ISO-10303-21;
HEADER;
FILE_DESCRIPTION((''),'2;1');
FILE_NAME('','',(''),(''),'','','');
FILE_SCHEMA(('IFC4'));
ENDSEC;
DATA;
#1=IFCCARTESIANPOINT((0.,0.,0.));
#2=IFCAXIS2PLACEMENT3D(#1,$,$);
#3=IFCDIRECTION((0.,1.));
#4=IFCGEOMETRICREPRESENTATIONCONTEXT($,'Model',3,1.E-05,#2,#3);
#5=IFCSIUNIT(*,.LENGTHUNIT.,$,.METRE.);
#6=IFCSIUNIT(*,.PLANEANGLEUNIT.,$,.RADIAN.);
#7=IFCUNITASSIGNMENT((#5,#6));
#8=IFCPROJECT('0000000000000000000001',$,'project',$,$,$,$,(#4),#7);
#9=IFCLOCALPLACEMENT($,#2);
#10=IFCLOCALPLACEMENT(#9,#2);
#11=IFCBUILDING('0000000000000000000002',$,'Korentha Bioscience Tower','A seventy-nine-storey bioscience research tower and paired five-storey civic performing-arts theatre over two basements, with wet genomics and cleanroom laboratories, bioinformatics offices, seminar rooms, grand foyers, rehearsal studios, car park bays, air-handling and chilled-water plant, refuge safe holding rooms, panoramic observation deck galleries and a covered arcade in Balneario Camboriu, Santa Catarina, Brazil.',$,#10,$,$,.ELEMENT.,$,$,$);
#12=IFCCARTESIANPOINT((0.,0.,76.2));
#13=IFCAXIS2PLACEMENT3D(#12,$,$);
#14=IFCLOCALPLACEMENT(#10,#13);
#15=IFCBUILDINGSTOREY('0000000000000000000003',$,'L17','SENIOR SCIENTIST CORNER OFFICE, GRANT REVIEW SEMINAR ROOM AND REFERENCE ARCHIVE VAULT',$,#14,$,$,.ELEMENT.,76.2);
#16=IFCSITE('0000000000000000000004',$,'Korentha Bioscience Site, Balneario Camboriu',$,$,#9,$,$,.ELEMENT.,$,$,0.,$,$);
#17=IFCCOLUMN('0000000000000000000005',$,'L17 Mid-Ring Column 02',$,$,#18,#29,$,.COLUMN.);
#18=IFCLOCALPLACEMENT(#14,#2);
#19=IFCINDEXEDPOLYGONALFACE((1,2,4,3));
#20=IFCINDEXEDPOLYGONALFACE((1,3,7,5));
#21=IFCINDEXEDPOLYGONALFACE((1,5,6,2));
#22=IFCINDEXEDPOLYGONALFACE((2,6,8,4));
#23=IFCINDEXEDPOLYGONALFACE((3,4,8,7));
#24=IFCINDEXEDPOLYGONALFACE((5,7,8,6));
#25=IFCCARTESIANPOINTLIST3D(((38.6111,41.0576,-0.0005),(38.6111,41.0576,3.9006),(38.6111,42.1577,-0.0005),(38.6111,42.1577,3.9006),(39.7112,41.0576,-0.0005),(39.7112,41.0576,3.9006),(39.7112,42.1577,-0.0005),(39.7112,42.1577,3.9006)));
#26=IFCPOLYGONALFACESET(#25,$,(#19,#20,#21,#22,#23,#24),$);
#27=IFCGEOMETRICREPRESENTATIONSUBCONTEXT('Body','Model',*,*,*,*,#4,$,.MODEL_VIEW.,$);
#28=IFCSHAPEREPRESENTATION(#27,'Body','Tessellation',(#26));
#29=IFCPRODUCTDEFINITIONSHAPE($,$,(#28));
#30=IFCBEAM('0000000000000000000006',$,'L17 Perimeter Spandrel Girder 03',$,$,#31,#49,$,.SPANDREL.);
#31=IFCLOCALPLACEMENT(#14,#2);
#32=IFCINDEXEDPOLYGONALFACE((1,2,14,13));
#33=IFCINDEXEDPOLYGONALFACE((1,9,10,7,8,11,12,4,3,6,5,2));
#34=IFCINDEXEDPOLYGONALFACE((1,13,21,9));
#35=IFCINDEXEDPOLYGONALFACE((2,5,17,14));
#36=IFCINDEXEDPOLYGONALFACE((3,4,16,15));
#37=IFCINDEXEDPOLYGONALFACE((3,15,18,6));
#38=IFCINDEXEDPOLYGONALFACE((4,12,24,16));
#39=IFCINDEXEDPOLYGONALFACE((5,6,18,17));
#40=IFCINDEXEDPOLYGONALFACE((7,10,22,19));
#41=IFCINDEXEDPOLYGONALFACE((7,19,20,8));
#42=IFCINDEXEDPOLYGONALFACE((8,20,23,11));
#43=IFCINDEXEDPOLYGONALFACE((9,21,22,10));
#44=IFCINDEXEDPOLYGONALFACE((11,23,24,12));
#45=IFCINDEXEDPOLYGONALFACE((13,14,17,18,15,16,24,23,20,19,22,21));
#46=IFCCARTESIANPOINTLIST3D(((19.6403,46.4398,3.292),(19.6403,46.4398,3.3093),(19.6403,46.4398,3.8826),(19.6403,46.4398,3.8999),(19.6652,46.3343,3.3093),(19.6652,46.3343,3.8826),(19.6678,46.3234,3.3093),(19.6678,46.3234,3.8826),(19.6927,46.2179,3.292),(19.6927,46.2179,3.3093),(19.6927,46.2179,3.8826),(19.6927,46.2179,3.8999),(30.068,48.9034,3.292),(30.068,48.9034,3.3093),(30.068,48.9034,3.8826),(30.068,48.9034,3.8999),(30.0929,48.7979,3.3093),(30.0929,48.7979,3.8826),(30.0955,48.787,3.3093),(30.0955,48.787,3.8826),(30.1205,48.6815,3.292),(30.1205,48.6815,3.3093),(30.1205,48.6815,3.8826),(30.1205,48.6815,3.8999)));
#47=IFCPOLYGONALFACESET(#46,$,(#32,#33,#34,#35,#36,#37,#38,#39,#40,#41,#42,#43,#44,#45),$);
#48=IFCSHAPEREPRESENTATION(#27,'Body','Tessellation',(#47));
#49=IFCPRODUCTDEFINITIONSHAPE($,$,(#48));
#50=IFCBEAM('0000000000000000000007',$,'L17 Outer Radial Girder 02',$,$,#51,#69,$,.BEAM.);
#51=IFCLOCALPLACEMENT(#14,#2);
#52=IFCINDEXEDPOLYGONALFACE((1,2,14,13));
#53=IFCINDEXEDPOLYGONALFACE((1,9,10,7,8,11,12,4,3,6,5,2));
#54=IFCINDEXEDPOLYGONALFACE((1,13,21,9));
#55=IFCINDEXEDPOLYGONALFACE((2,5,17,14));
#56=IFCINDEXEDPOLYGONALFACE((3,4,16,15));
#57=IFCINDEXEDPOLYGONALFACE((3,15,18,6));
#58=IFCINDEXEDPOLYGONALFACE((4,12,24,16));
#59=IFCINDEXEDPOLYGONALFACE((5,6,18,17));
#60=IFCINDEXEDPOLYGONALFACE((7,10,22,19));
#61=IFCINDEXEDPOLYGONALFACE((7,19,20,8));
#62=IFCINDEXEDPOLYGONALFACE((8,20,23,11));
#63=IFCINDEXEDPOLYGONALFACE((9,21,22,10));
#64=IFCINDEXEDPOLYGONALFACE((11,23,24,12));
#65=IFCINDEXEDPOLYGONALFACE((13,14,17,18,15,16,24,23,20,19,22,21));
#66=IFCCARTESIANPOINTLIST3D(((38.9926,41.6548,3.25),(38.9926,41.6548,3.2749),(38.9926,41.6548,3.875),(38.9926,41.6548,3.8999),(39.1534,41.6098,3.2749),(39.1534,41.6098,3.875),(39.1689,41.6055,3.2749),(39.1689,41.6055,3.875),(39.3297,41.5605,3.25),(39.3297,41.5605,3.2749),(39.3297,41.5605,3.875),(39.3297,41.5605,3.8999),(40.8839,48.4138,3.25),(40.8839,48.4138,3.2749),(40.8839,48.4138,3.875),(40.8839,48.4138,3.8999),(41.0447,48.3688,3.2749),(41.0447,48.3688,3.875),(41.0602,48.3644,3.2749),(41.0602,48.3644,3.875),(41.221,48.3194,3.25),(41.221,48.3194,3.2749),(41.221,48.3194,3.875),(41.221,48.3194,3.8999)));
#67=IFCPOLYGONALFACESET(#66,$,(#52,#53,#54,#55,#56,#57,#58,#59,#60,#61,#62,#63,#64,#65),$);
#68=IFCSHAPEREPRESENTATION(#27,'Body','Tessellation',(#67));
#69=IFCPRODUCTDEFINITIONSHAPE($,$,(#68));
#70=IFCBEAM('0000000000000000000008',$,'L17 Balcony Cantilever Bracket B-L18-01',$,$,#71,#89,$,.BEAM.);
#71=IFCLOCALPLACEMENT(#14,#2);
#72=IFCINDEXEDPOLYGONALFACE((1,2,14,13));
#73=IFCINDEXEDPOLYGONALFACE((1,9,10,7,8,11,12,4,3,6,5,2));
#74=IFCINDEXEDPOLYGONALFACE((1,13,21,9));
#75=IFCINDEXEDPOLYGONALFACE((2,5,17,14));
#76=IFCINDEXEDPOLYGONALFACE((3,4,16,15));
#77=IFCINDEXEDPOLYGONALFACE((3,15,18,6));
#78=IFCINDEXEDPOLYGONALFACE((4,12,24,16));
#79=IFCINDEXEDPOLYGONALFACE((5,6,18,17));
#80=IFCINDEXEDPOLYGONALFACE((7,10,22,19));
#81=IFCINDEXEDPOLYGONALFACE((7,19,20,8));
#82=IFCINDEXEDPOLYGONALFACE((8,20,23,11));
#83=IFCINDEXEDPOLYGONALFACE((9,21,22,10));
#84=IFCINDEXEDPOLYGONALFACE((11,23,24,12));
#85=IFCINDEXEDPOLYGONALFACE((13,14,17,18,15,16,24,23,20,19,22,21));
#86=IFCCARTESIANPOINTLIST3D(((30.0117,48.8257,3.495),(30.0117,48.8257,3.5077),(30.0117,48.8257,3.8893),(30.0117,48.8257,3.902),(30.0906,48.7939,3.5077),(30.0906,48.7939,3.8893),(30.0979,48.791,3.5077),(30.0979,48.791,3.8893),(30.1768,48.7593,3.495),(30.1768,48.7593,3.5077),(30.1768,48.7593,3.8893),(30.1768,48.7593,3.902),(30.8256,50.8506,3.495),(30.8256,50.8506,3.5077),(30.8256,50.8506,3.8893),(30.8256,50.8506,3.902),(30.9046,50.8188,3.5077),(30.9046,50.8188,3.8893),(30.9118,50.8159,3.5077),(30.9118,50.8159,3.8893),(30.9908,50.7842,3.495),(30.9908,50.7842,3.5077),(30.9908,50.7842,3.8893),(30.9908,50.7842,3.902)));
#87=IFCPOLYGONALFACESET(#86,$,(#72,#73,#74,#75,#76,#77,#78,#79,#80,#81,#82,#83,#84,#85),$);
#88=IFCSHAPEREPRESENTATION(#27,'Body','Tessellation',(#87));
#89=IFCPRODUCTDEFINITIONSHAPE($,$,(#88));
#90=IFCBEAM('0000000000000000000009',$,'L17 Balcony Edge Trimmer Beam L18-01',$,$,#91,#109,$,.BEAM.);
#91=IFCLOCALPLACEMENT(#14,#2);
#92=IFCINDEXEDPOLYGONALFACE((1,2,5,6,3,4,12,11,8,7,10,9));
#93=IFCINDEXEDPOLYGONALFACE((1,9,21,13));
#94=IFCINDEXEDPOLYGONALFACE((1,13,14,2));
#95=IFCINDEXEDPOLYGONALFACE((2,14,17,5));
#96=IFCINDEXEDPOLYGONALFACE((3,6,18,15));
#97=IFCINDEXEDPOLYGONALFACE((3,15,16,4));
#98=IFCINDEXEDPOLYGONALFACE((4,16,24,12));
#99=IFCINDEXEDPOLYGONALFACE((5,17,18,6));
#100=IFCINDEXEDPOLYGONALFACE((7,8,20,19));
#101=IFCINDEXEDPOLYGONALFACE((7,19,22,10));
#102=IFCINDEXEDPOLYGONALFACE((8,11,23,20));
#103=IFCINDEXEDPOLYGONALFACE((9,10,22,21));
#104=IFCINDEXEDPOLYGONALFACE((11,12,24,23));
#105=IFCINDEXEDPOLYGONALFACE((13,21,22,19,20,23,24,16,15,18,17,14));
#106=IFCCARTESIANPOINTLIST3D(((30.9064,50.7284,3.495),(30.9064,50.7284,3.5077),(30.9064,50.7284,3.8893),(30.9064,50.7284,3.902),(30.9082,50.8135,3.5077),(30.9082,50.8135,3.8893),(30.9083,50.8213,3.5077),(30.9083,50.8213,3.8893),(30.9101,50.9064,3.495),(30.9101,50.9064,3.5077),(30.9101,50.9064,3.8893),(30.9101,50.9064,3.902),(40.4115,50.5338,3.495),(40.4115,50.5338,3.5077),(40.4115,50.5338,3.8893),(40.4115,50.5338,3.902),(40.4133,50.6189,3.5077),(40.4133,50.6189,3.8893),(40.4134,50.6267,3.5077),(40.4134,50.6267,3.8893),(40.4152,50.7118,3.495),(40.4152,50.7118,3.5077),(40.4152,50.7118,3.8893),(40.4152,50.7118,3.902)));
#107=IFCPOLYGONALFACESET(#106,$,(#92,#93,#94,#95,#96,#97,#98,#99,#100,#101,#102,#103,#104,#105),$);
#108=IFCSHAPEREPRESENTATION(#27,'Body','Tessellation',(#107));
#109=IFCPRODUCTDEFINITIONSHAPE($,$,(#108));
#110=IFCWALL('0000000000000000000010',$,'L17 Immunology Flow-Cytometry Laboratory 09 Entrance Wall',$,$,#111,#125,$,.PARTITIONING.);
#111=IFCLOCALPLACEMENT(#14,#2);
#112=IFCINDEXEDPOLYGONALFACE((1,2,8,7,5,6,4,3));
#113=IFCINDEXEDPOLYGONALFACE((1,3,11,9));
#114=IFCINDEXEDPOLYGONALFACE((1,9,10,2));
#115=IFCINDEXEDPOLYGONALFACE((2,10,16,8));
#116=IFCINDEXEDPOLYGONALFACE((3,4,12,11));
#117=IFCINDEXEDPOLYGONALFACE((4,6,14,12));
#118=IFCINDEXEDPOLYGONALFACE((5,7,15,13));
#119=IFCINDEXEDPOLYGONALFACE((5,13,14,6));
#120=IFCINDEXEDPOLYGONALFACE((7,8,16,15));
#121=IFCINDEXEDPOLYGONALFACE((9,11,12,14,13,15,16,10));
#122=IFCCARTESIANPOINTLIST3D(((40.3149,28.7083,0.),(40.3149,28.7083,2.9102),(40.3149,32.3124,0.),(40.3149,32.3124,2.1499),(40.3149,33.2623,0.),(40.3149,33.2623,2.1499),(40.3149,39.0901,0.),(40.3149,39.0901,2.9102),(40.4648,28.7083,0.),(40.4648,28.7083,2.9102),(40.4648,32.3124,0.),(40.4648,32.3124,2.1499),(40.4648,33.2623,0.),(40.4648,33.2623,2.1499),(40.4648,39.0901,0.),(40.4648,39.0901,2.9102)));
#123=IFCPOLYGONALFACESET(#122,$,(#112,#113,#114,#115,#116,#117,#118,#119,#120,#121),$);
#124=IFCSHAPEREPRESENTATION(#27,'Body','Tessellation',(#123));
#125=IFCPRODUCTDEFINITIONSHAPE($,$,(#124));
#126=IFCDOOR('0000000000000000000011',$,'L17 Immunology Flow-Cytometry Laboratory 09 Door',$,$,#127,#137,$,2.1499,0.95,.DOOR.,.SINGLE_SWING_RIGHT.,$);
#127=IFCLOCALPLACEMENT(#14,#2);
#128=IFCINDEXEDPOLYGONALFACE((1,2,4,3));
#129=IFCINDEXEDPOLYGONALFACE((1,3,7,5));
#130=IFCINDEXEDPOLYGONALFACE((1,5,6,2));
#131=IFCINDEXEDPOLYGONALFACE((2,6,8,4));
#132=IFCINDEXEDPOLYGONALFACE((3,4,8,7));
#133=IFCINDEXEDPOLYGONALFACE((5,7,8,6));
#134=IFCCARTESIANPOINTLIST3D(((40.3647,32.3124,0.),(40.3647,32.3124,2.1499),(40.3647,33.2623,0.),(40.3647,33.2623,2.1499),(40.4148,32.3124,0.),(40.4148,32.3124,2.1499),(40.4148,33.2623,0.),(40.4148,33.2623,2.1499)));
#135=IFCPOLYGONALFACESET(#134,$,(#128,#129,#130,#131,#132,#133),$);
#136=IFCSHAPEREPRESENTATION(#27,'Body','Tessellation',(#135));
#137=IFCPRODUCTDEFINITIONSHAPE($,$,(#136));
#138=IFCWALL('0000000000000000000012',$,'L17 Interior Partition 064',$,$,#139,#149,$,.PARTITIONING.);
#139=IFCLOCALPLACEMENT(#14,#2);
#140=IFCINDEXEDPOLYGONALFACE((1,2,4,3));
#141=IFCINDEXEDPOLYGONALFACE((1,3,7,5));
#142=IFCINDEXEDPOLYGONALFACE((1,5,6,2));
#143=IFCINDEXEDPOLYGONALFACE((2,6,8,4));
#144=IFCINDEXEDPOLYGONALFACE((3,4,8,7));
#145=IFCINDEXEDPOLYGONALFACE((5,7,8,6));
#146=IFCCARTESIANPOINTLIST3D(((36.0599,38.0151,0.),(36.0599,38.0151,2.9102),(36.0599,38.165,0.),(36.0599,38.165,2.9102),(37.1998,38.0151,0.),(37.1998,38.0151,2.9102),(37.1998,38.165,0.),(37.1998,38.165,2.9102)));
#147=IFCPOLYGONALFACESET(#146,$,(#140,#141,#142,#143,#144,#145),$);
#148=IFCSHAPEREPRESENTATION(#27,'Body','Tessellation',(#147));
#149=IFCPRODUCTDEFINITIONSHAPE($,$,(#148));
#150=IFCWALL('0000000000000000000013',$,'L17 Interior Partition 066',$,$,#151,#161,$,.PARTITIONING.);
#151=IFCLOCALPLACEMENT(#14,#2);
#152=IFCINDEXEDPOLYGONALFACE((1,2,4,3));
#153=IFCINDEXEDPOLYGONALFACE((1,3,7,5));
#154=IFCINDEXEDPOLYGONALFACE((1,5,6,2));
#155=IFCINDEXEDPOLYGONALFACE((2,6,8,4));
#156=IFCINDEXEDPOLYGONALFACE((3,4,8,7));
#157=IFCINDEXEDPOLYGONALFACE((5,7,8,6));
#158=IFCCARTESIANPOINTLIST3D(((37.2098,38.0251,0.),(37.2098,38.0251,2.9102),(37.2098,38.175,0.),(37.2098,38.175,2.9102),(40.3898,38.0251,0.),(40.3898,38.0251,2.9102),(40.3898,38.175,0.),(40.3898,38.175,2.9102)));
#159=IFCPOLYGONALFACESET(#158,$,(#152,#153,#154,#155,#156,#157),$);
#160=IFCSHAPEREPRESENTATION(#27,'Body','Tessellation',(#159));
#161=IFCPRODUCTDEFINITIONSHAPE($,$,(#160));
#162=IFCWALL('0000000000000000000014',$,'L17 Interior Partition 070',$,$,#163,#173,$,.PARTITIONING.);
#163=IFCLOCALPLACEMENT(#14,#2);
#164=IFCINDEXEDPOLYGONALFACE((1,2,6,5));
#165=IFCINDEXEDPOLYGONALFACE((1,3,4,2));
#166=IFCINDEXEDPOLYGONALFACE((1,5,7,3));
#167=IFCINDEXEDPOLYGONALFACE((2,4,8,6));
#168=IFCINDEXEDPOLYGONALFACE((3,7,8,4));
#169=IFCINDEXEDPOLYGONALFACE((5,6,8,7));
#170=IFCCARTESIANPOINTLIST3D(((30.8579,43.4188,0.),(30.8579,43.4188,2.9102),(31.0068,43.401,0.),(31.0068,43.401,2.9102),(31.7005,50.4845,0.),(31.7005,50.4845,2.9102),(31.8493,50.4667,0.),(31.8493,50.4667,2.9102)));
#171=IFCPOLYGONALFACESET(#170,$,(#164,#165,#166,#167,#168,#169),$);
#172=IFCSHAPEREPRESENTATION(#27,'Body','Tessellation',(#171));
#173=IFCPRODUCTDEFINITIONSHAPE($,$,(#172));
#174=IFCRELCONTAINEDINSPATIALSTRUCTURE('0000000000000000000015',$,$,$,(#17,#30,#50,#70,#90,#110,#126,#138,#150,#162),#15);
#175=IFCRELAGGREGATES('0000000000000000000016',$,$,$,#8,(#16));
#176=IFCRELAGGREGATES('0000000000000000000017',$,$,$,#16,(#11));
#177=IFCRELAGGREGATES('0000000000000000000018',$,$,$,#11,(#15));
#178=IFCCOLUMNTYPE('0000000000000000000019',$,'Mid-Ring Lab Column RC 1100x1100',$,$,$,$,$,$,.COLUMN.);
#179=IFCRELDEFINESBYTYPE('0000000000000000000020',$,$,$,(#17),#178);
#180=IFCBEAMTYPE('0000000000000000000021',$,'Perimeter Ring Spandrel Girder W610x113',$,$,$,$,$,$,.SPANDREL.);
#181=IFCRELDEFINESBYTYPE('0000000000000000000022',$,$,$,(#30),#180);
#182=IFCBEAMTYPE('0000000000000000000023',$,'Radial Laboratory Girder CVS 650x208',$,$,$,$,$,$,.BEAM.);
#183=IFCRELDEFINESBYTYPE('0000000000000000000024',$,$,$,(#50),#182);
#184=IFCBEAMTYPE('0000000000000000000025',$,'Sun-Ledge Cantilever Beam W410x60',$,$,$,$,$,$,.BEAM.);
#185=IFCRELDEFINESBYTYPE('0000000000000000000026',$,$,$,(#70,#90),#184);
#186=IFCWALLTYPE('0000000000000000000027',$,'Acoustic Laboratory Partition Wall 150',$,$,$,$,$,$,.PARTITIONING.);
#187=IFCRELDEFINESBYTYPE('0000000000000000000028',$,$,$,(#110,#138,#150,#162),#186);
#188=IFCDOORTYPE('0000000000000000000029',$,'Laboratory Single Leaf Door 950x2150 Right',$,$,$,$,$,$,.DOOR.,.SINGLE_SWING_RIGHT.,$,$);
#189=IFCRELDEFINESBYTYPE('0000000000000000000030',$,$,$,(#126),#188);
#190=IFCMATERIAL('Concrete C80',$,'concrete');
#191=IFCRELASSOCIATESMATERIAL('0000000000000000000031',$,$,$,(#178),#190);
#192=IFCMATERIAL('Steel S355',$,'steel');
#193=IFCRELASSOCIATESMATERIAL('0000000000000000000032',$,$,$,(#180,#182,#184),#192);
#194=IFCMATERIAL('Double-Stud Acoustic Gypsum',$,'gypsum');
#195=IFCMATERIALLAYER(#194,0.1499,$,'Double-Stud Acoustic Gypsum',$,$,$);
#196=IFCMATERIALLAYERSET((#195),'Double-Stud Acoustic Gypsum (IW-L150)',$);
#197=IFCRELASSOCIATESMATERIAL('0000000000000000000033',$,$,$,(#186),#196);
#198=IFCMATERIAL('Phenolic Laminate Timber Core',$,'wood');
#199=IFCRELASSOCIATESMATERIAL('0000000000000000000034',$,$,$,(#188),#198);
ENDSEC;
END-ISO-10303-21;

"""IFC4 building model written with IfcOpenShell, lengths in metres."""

from ifc_helpers import new_model, si_unit, direction, frame, frame_2d, origin, origin_2d, place, context, subcontext, project, spatial, rectangle, i_section, extrude, material, layer, layer_set, material_profile, profile_set, type_object, element, fill, save


model = new_model("IFC4")

# Units and contexts
model_context = context("Model", 3, precision=1e-05, world=origin(), true_north=direction((0.0, 1.0)))
body_context = subcontext(model_context, "Body", "Model", "MODEL_VIEW")
ifc_project = project(units=[si_unit("LENGTHUNIT", "METRE"), si_unit("PLANEANGLEUNIT", "RADIAN")], contexts=[model_context])

# Site, building, storey
site_placement = place(None, origin())
site = spatial("IfcSite", under=ifc_project, at=site_placement, Name="Korentha Bioscience Site, Balneario Camboriu", CompositionType="ELEMENT", RefElevation=0.0)
building_placement = place(site_placement, origin())
building = spatial("IfcBuilding", under=site, at=building_placement, Name="Korentha Bioscience Tower", Description="A seventy-nine-storey bioscience research tower and paired five-storey civic performing-arts theatre over two basements, with wet genomics and cleanroom laboratories, bioinformatics offices, seminar rooms, grand foyers, rehearsal studios, car park bays, air-handling and chilled-water plant, refuge safe holding rooms, panoramic observation deck galleries and a covered arcade in Balneario Camboriu, Santa Catarina, Brazil.", CompositionType="ELEMENT")
storey_placement = place(building_placement, frame((0.0, 0.0, 76.2)))
storey = spatial("IfcBuildingStorey", under=building, at=storey_placement, Name="L17", Description="SENIOR SCIENTIST CORNER OFFICE, GRANT REVIEW SEMINAR ROOM AND REFERENCE ARCHIVE VAULT", CompositionType="ELEMENT", Elevation=76.2)

# Column
ifc_material_1 = material(Name="Concrete C80", Category="concrete")
ifc_material_profile_1 = material_profile(ifc_material_1, rectangle(XDim=1.1001, YDim=1.1001, at=origin_2d()), Name="Concrete C80")
ifc_profile_set_1 = profile_set([ifc_material_profile_1], Name="Concrete C80 (COL-MR11)")
column_type = type_object("IfcColumnType", Name="Mid-Ring Lab Column RC 1100x1100", PredefinedType="COLUMN", material=ifc_profile_set_1)
column_placement = place(storey_placement, frame((39.1611, 41.6077, -0.0005), z_axis=(0.0, 0.0, 1.0), x_axis=(1.0, 0.0, 0.0)))
element("IfcColumn", 1, at=column_placement, inside=storey, type_object=column_type, Name="L17 Mid-Ring Column 02", PredefinedType="COLUMN", context=body_context, shape_type="SweptSolid", body=[
    extrude(rectangle(XDim=1.1001, YDim=1.1001, at=origin_2d()), origin(), (0.0, 0.0, 1.0), 3.9011),
])

# Beams
ifc_material_2 = material(Name="Steel S355", Category="steel")
ifc_material_profile_2 = material_profile(ifc_material_2, i_section(OverallWidth=0.228, OverallDepth=0.6079, WebThickness=0.0112, FlangeThickness=0.0173, at=origin_2d()), Name="Steel S355")
ifc_profile_set_2 = profile_set([ifc_material_profile_2], Name="Steel S355 (SB-610)")
beam_type_1 = type_object("IfcBeamType", Name="Perimeter Ring Spandrel Girder W610x113", PredefinedType="SPANDREL", material=ifc_profile_set_2)
beam_1_placement = place(storey_placement, frame((30.0942, 48.7925, 3.5959), z_axis=(-0.973208, -0.229927, 0.0), x_axis=(0.229927, -0.973208, 0.0)))
element("IfcBeam", 2, at=beam_1_placement, inside=storey, type_object=beam_type_1, Name="L17 Perimeter Spandrel Girder 03", PredefinedType="SPANDREL", context=body_context, shape_type="SweptSolid", body=[
    extrude(i_section(OverallWidth=0.228, OverallDepth=0.6079, WebThickness=0.0112, FlangeThickness=0.0173, at=origin_2d()), origin(), (0.0, 0.0, 1.0), 10.7148),
])
ifc_material_profile_3 = material_profile(ifc_material_2, i_section(OverallWidth=0.3501, OverallDepth=0.6499, WebThickness=0.0161, FlangeThickness=0.0249, at=origin_2d()), Name="Steel S355")
ifc_profile_set_3 = profile_set([ifc_material_profile_3], Name="Steel S355 (RB-650)")
beam_type_2 = type_object("IfcBeamType", Name="Radial Laboratory Girder CVS 650x208", PredefinedType="BEAM", material=ifc_profile_set_3)
beam_2_placement = place(storey_placement, frame((39.1611, 41.6077, 3.575), z_axis=(0.269475, 0.963007, 0.0), x_axis=(-0.963007, 0.269475, 0.0)))
element("IfcBeam", 3, at=beam_2_placement, inside=storey, type_object=beam_type_2, Name="L17 Outer Radial Girder 02", PredefinedType="BEAM", context=body_context, shape_type="SweptSolid", body=[
    extrude(i_section(OverallWidth=0.3501, OverallDepth=0.6499, WebThickness=0.0161, FlangeThickness=0.0249, at=origin_2d()), origin(), (0.0, 0.0, 1.0), 7.0186),
])
ifc_material_profile_4 = material_profile(ifc_material_2, i_section(OverallWidth=0.178, OverallDepth=0.407, WebThickness=0.0078, FlangeThickness=0.0127, at=origin_2d()), Name="Steel S355")
ifc_profile_set_4 = profile_set([ifc_material_profile_4], Name="Steel S355 (CB-410)")
beam_type_3 = type_object("IfcBeamType", Name="Sun-Ledge Cantilever Beam W410x60", PredefinedType="BEAM", material=ifc_profile_set_4)
beam_3_placement = place(storey_placement, frame((30.0942, 48.7925, 3.6985), z_axis=(0.372972, 0.927843, 0.0), x_axis=(-0.927843, 0.372972, 0.0)))
element("IfcBeam", 4, at=beam_3_placement, inside=storey, type_object=beam_type_3, Name="L17 Balcony Cantilever Bracket B-L18-01", PredefinedType="BEAM", context=body_context, shape_type="SweptSolid", body=[
    extrude(i_section(OverallWidth=0.178, OverallDepth=0.407, WebThickness=0.0078, FlangeThickness=0.0127, at=origin_2d()), origin(), (0.0, 0.0, 1.0), 2.1824),
])
beam_4_placement = place(storey_placement, frame((40.4133, 50.6228, 3.6985), z_axis=(-0.999791, 0.020467, 0.0), x_axis=(-0.020467, -0.999791, 0.0)))
element("IfcBeam", 5, at=beam_4_placement, inside=storey, type_object=beam_type_3, Name="L17 Balcony Edge Trimmer Beam L18-01", PredefinedType="BEAM", context=body_context, shape_type="SweptSolid", body=[
    extrude(i_section(OverallWidth=0.178, OverallDepth=0.407, WebThickness=0.0078, FlangeThickness=0.0127, at=origin_2d()), origin(), (0.0, 0.0, 1.0), 9.5071),
])

# Wall, opening, door
ifc_material_3 = material(Name="Double-Stud Acoustic Gypsum", Category="gypsum")
ifc_layer_1 = layer(ifc_material_3, 0.1499, Name="Double-Stud Acoustic Gypsum")
ifc_layer_set_1 = layer_set([ifc_layer_1], Name="Double-Stud Acoustic Gypsum (IW-L150)")
wall_type_1 = type_object("IfcWallType", Name="Acoustic Laboratory Partition Wall 150", PredefinedType="PARTITIONING", material=ifc_layer_set_1)
wall_1_placement = place(storey_placement, frame((40.3899, 39.0901, 0.0), z_axis=(0.0, 0.0, 1.0), x_axis=(0.0, -1.0, 0.0)))
wall_1 = element("IfcWall", 6, at=wall_1_placement, inside=storey, type_object=wall_type_1, Name="L17 Immunology Flow-Cytometry Laboratory 09 Entrance Wall", PredefinedType="PARTITIONING", context=body_context, shape_type="SweptSolid", body=[
    extrude(rectangle(XDim=10.3818, YDim=0.1499, at=frame_2d((5.1909, 0.0))), origin(), (0.0, 0.0, 1.0), 2.9102),
])
opening_1_placement = place(wall_1_placement, frame((5.8276, 0.0, 0.0)))
opening_1 = element("IfcOpeningElement", 7, at=opening_1_placement, cuts=wall_1, PredefinedType="OPENING", context=body_context, shape_type="SweptSolid", body=[
    extrude(rectangle(XDim=0.95, YDim=2.1499, at=frame_2d((0.4751, 1.075))), frame((0.0, 0.0898, 0.0), z_axis=(0.0, -1.0, 0.0), x_axis=(1.0, 0.0, 0.0)), (0.0, 0.0, 1.0), 0.1797),
])
ifc_material_4 = material(Name="Phenolic Laminate Timber Core", Category="wood")
door_type_1 = type_object("IfcDoorType", Name="Laboratory Single Leaf Door 950x2150 Right", OperationType="SINGLE_SWING_RIGHT", PredefinedType="DOOR", material=ifc_material_4)
door_1_placement = place(opening_1_placement, origin())
door_1 = element("IfcDoor", 8, at=door_1_placement, inside=storey, type_object=door_type_1, Name="L17 Immunology Flow-Cytometry Laboratory 09 Door", OperationType="SINGLE_SWING_RIGHT", OverallHeight=2.1499, OverallWidth=0.95, PredefinedType="DOOR", context=body_context, shape_type="SweptSolid", body=[
    extrude(rectangle(XDim=0.95, YDim=2.1499, at=frame_2d((0.4751, 1.075))), frame((0.0, 0.0249, 0.0), z_axis=(0.0, -1.0, 0.0), x_axis=(1.0, 0.0, 0.0)), (0.0, 0.0, 1.0), 0.05),
])
fill(opening_1, door_1)

# Walls
wall_2_placement = place(storey_placement, frame((36.0601, 38.0901, 0.0), z_axis=(0.0, 0.0, 1.0), x_axis=(1.0, 0.0, 0.0)))
element("IfcWall", 9, at=wall_2_placement, inside=storey, type_object=wall_type_1, Name="L17 Interior Partition 064", PredefinedType="PARTITIONING", context=body_context, shape_type="SweptSolid", body=[
    extrude(rectangle(XDim=1.1399, YDim=0.1499, at=frame_2d((0.5698, 0.0))), origin(), (0.0, 0.0, 1.0), 2.9102),
])
wall_3_placement = place(storey_placement, frame((37.21, 38.1001, 0.0), z_axis=(0.0, 0.0, 1.0), x_axis=(1.0, 0.0, 0.0)))
element("IfcWall", 10, at=wall_3_placement, inside=storey, type_object=wall_type_1, Name="L17 Interior Partition 066", PredefinedType="PARTITIONING", context=body_context, shape_type="SweptSolid", body=[
    extrude(rectangle(XDim=3.1799, YDim=0.1499, at=frame_2d((1.5898, 0.0))), origin(), (0.0, 0.0, 1.0), 2.9102),
])
wall_4_placement = place(storey_placement, frame((30.9324, 43.4099, 0.0), z_axis=(0.0, 0.0, 1.0), x_axis=(0.118404, 0.992966, 0.0)))
element("IfcWall", 11, at=wall_4_placement, inside=storey, type_object=wall_type_1, Name="L17 Interior Partition 070", PredefinedType="PARTITIONING", context=body_context, shape_type="SweptSolid", body=[
    extrude(rectangle(XDim=7.1157, YDim=0.1499, at=frame_2d((3.5579, 0.0))), origin(), (0.0, 0.0, 1.0), 2.9102),
])

save(model, "model.ifc")
